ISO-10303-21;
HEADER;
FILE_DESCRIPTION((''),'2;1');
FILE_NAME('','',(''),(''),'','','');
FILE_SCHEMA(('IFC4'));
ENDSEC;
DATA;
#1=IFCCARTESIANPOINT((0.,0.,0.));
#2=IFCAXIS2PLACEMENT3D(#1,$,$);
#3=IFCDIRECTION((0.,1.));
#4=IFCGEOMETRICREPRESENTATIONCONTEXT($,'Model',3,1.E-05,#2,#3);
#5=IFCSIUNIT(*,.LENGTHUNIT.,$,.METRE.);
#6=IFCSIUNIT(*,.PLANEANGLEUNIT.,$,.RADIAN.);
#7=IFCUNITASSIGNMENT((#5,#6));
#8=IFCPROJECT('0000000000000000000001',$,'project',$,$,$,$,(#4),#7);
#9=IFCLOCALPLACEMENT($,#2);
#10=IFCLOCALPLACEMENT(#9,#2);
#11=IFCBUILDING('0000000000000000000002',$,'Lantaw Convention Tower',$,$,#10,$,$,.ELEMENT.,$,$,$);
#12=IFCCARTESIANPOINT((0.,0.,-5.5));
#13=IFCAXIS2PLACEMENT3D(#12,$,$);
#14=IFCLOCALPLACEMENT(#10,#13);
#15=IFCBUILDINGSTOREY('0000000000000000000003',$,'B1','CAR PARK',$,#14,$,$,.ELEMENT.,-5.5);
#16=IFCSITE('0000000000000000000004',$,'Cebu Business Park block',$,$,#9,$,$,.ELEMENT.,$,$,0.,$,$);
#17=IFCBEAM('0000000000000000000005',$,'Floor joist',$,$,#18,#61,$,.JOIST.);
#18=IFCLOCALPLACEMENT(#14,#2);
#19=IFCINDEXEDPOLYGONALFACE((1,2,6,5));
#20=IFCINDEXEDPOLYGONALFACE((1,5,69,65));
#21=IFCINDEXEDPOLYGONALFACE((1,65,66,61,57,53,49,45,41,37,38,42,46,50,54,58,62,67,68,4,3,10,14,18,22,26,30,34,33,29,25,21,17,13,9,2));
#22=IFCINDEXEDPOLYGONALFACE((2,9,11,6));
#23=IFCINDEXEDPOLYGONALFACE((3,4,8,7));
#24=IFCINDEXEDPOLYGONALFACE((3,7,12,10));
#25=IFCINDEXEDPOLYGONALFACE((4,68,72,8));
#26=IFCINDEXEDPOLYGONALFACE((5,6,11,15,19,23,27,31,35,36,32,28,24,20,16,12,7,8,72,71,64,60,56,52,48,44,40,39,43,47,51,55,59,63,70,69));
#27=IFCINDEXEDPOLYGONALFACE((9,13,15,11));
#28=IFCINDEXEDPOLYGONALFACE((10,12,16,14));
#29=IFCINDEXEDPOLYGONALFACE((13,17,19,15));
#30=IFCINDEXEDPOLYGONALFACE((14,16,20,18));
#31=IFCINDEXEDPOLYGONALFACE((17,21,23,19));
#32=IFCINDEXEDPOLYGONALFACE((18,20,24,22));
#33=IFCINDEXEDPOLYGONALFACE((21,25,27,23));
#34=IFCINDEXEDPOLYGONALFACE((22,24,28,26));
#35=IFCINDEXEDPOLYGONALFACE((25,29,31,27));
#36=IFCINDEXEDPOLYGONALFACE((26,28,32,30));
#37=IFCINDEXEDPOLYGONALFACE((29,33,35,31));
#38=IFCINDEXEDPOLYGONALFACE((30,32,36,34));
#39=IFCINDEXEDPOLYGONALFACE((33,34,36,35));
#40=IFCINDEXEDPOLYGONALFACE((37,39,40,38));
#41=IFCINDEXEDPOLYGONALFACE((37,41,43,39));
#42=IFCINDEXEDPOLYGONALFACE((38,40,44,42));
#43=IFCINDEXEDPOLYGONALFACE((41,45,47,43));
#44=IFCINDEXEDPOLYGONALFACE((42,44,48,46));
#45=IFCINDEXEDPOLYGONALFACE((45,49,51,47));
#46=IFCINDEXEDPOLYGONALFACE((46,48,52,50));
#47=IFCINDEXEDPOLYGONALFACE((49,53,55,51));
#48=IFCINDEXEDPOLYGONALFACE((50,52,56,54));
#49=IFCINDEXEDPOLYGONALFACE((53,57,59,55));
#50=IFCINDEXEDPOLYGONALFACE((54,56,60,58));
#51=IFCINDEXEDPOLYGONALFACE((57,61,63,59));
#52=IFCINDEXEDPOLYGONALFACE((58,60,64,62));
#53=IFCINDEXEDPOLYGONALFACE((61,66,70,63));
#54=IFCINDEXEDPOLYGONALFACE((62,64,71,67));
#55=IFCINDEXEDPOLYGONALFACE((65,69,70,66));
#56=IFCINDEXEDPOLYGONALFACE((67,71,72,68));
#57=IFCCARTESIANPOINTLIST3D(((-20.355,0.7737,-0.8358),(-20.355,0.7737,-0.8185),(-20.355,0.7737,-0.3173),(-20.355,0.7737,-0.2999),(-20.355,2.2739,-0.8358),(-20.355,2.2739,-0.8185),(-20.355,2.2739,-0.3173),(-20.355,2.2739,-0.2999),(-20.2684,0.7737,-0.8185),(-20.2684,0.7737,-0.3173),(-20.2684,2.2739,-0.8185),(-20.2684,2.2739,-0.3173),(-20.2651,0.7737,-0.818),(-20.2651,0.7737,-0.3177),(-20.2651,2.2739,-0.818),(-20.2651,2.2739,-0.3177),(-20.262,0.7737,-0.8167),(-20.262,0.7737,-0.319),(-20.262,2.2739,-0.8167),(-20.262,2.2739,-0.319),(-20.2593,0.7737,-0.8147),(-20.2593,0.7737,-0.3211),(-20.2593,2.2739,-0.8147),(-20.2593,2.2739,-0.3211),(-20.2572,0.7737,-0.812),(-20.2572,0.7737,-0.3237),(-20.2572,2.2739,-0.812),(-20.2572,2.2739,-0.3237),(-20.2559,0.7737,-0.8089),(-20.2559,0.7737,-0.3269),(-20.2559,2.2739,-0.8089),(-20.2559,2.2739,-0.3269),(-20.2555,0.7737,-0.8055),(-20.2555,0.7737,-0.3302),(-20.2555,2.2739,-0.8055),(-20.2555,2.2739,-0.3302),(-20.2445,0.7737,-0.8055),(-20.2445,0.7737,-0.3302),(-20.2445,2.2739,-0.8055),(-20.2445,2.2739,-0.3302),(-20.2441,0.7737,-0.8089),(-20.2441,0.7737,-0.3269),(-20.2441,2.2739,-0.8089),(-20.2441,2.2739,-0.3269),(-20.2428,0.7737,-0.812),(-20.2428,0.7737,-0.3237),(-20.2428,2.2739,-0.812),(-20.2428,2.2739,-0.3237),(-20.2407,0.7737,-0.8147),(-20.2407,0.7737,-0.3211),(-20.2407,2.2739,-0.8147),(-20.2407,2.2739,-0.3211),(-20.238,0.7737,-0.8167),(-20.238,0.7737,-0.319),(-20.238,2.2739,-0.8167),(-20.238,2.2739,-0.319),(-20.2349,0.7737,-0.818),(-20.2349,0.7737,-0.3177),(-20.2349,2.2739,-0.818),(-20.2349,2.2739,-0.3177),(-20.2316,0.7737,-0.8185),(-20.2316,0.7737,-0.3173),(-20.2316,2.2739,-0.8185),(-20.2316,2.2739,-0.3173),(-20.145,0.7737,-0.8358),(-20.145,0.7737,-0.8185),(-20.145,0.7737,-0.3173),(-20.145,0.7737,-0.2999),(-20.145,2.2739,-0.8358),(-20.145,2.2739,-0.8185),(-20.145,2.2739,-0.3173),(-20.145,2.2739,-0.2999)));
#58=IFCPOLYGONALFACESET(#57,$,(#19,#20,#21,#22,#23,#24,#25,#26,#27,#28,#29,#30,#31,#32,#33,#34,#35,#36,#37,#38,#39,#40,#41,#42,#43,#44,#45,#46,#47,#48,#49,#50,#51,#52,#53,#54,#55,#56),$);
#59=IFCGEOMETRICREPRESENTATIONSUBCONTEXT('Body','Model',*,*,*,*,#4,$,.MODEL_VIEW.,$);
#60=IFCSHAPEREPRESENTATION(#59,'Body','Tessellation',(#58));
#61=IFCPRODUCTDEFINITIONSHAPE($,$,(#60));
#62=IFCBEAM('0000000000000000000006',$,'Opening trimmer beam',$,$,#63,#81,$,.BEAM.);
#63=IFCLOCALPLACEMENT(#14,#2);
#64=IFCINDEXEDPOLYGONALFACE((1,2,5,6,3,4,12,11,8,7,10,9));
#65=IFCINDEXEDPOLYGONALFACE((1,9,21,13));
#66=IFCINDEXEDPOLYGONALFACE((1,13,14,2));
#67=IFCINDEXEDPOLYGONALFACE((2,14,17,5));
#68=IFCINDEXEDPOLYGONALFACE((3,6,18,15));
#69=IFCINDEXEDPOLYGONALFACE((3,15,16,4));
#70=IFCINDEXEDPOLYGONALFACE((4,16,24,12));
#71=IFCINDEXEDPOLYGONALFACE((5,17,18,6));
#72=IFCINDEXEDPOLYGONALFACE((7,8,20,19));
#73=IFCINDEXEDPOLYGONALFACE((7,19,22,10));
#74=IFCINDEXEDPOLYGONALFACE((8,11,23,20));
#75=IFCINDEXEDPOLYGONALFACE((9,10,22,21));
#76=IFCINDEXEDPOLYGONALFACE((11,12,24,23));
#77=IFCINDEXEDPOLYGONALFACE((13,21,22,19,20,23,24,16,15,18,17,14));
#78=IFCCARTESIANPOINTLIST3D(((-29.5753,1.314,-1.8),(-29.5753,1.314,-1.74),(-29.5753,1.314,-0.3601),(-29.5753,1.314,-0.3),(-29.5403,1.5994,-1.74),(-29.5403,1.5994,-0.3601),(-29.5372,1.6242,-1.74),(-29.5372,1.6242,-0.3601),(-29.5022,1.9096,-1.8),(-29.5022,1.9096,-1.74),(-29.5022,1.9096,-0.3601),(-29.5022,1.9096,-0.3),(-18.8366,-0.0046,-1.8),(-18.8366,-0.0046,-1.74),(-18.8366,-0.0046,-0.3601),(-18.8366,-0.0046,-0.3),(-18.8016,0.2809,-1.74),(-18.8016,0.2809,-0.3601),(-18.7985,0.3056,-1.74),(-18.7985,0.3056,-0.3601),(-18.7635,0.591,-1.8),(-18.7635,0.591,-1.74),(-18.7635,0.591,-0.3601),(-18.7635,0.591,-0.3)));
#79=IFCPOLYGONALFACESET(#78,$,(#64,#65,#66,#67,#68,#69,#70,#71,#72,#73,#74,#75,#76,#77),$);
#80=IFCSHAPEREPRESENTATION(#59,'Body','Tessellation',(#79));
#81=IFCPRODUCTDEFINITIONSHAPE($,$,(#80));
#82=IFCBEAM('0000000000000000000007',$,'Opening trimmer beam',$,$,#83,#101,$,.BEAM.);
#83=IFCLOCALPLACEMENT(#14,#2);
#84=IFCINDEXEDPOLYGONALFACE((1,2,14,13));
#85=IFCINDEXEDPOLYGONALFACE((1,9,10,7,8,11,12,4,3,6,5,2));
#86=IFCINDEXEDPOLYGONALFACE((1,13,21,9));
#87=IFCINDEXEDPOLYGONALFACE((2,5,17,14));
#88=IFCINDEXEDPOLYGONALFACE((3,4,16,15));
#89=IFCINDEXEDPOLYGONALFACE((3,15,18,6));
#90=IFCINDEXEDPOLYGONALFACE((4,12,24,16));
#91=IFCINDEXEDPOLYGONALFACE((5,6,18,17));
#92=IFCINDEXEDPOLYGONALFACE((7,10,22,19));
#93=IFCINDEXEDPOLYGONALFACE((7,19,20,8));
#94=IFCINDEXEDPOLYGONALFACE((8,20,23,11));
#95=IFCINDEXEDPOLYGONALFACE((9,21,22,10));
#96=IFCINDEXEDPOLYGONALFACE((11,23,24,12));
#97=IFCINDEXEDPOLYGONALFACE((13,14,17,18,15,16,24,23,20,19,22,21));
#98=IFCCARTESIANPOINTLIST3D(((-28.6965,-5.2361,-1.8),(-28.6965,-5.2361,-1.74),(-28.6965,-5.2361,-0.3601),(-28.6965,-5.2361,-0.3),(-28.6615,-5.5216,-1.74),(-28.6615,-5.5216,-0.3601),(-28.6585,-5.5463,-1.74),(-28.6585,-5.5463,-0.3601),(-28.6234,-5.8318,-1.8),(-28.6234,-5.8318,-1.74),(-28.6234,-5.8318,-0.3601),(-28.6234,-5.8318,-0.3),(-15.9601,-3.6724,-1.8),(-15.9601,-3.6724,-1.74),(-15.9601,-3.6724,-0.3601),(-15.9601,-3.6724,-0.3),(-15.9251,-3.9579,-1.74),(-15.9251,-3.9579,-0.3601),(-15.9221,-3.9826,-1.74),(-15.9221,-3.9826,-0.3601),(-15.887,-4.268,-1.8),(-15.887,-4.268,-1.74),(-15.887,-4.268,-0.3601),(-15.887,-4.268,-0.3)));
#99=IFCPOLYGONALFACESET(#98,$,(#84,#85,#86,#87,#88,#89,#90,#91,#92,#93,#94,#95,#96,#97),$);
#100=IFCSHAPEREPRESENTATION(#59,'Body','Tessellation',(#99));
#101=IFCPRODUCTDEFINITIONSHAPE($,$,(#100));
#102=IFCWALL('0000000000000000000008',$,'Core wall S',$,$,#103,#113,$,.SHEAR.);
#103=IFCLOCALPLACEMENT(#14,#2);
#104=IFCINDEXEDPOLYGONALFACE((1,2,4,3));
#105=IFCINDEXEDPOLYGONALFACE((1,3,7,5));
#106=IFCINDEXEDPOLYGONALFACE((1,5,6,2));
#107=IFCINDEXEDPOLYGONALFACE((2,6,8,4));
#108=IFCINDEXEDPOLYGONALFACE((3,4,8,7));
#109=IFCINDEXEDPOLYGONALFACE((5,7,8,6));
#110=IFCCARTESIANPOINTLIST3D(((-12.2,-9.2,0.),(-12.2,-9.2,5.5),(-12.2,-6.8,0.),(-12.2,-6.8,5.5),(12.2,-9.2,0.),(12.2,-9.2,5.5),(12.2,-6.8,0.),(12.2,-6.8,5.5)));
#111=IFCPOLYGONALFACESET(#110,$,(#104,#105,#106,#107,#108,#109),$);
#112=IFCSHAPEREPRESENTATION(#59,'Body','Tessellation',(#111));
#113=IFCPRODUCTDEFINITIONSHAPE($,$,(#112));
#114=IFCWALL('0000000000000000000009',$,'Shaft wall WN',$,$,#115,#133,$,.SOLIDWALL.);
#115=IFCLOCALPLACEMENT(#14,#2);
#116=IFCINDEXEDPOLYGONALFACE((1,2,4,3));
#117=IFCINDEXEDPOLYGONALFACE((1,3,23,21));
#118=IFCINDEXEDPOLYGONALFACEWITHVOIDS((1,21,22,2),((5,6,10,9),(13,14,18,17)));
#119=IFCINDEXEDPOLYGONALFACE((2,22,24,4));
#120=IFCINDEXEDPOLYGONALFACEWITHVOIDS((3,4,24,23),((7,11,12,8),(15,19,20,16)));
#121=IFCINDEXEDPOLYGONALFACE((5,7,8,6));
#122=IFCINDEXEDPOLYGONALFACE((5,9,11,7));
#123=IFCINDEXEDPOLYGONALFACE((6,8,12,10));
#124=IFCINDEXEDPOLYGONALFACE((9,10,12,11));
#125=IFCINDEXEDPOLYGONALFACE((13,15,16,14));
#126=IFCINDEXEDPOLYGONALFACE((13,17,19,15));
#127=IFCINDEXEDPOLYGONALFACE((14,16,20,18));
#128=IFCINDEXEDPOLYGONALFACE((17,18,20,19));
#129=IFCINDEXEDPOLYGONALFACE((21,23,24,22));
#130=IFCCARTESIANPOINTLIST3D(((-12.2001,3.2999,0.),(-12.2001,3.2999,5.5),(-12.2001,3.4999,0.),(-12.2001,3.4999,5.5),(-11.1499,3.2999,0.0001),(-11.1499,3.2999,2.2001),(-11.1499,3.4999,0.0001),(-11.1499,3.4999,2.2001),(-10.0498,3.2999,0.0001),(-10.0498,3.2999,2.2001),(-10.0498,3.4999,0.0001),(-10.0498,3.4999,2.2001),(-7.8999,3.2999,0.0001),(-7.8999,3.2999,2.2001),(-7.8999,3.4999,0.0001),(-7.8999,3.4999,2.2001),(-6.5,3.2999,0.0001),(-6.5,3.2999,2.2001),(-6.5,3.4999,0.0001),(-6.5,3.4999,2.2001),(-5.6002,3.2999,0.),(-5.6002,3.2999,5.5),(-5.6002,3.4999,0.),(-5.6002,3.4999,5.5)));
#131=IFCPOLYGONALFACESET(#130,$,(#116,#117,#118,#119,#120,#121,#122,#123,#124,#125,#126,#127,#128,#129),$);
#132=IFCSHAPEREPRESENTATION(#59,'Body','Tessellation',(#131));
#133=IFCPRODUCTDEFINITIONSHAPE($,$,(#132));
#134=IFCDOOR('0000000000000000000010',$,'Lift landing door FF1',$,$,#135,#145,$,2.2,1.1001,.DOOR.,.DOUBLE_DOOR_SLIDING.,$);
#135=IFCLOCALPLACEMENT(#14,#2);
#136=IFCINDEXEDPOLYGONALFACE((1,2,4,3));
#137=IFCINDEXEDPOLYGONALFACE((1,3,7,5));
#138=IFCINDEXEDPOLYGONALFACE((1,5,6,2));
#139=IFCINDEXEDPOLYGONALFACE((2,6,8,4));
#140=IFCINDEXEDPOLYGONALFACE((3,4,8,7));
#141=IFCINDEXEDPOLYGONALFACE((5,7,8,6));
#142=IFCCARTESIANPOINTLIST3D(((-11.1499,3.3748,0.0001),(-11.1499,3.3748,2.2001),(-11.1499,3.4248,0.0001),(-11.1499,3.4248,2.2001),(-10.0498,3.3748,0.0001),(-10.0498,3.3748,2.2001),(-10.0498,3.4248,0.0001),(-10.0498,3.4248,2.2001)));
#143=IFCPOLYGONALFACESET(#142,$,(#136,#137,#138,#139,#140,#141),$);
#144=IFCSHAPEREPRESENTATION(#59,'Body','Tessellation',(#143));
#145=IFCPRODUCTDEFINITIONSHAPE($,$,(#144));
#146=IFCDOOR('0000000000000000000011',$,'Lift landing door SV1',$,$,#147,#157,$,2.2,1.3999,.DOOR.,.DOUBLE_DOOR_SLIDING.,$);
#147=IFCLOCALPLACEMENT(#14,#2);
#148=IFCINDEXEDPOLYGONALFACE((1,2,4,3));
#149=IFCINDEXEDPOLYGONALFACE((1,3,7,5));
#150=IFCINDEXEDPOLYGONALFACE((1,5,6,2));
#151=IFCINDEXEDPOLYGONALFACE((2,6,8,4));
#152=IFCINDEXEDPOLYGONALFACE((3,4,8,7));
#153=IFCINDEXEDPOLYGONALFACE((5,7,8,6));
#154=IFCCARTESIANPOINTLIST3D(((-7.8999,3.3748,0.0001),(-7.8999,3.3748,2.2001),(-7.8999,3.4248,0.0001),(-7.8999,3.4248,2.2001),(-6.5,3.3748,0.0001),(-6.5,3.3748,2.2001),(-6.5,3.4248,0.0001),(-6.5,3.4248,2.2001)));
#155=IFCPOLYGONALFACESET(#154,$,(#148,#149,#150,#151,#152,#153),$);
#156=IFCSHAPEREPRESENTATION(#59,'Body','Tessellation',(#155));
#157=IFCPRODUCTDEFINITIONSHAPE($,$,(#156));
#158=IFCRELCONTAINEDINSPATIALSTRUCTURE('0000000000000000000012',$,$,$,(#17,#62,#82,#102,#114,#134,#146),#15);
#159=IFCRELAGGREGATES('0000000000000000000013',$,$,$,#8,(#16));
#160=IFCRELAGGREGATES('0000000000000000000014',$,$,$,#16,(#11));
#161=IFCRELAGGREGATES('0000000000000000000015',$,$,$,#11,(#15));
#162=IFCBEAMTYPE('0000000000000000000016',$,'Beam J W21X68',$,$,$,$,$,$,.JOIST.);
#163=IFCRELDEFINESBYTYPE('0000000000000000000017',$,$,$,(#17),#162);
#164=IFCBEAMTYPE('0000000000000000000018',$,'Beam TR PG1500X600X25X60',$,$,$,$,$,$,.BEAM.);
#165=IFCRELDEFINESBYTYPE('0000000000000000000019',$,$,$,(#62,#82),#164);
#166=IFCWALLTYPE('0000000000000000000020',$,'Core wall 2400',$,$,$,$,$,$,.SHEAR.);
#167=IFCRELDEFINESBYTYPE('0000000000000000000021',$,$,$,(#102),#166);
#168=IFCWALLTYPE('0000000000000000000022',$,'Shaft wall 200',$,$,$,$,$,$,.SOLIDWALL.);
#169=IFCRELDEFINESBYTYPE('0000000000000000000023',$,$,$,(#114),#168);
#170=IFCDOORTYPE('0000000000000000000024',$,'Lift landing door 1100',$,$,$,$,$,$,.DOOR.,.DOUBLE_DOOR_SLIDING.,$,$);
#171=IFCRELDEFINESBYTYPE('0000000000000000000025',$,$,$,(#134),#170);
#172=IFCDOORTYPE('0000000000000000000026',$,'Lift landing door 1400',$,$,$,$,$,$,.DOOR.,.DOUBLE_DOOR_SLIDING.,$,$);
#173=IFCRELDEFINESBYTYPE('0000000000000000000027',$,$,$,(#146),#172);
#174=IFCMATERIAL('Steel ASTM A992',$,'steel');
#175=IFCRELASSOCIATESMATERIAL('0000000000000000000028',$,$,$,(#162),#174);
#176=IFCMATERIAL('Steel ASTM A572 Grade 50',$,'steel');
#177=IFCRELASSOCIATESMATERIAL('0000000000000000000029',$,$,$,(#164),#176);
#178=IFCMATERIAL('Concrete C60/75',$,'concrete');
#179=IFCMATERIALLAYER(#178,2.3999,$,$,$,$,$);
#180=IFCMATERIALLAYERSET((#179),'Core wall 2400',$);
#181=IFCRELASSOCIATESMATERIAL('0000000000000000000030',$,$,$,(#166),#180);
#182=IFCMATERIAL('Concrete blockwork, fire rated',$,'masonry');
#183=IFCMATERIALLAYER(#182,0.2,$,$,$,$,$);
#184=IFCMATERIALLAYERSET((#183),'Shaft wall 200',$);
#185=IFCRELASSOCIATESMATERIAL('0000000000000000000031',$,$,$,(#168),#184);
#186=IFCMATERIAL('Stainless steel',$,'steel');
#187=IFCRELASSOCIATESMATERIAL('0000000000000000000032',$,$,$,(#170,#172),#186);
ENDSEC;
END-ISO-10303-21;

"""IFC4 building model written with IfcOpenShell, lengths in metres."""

from ifc_helpers import new_model, si_unit, direction, frame, frame_2d, origin, origin_2d, place, context, subcontext, project, spatial, rectangle, i_section, extrude, material, layer, layer_set, material_profile, profile_set, type_object, element, fill, save


model = new_model("IFC4")

# Units and contexts
model_context = context("Model", 3, precision=1e-05, world=origin(), true_north=direction((0.0, 1.0)))
body_context = subcontext(model_context, "Body", "Model", "MODEL_VIEW")
ifc_project = project(units=[si_unit("LENGTHUNIT", "METRE"), si_unit("PLANEANGLEUNIT", "RADIAN")], contexts=[model_context])

# Site, building, storey
site_placement = place(None, origin())
site = spatial("IfcSite", under=ifc_project, at=site_placement, Name="Cebu Business Park block", CompositionType="ELEMENT", RefElevation=0.0)
building_placement = place(site_placement, origin())
building = spatial("IfcBuilding", under=site, at=building_placement, Name="Lantaw Convention Tower", CompositionType="ELEMENT")
storey_placement = place(building_placement, frame((0.0, 0.0, -5.5)))
storey = spatial("IfcBuildingStorey", under=building, at=storey_placement, Name="B1", Description="CAR PARK", CompositionType="ELEMENT", Elevation=-5.5)

# Shared definitions
ifc_material_1 = material(Name="Concrete C60/75", Category="concrete")

# Beams
ifc_material_2 = material(Name="Steel ASTM A572 Grade 50", Category="steel")
ifc_material_3 = material(Name="Steel ASTM A992", Category="steel")
ifc_material_profile_1 = material_profile(ifc_material_3, i_section(OverallWidth=0.21, OverallDepth=0.5359, WebThickness=0.011, FlangeThickness=0.0173, FilletRadius=0.0129, at=origin_2d()), Name="W21X68")
ifc_profile_set_1 = profile_set([ifc_material_profile_1], Name="Steel ASTM A992")
beam_type_1 = type_object("IfcBeamType", Name="Beam J W21X68", PredefinedType="JOIST", material=ifc_profile_set_1)
beam_1_placement = place(storey_placement, frame((-20.25, 0.7737, -0.5679), z_axis=(0.0, 1.0, 0.0), x_axis=(-1.0, 0.0, 0.0)))
element("IfcBeam", 1, at=beam_1_placement, inside=storey, type_object=beam_type_1, Name="Floor joist", PredefinedType="JOIST", context=body_context, shape_type="SweptSolid", body=[
    extrude(i_section(OverallWidth=0.21, OverallDepth=0.5359, WebThickness=0.011, FlangeThickness=0.0173, FilletRadius=0.0129, at=origin_2d()), origin(), (0.0, 0.0, 1.0), 1.5002),
])
ifc_material_profile_2 = material_profile(ifc_material_2, i_section(OverallWidth=0.6001, OverallDepth=1.5, WebThickness=0.0249, FlangeThickness=0.0601, at=origin_2d()), Name="PG1500X600X25X60")
ifc_profile_set_2 = profile_set([ifc_material_profile_2], Name="Steel ASTM A572 Grade 50")
beam_type_2 = type_object("IfcBeamType", Name="Beam TR PG1500X600X25X60", PredefinedType="BEAM", material=ifc_profile_set_2)
beam_2_placement = place(storey_placement, frame((-18.8, 0.2932, -1.05), z_axis=(-0.992546, 0.121874, 0.0), x_axis=(-0.121874, -0.992546, 0.0)))
element("IfcBeam", 2, at=beam_2_placement, inside=storey, type_object=beam_type_2, Name="Opening trimmer beam", PredefinedType="BEAM", context=body_context, shape_type="SweptSolid", body=[
    extrude(i_section(OverallWidth=0.6001, OverallDepth=1.5, WebThickness=0.0249, FlangeThickness=0.0601, at=origin_2d()), origin(), (0.0, 0.0, 1.0), 10.8193),
])
beam_3_placement = place(storey_placement, frame((-15.9236, -3.9702, -1.05), z_axis=(-0.992547, -0.121861, 0.0), x_axis=(0.121861, -0.992547, 0.0)))
element("IfcBeam", 3, at=beam_3_placement, inside=storey, type_object=beam_type_2, Name="Opening trimmer beam", PredefinedType="BEAM", context=body_context, shape_type="SweptSolid", body=[
    extrude(i_section(OverallWidth=0.6001, OverallDepth=1.5, WebThickness=0.0249, FlangeThickness=0.0601, at=origin_2d()), origin(), (0.0, 0.0, 1.0), 12.832),
])

# Wall
ifc_layer_1 = layer(ifc_material_1, 2.3999)
ifc_layer_set_1 = layer_set([ifc_layer_1], Name="Core wall 2400")
wall_type_1 = type_object("IfcWallType", Name="Core wall 2400", PredefinedType="SHEAR", material=ifc_layer_set_1)
wall_1_placement = place(storey_placement, frame((-12.2, -8.0, 0.0), z_axis=(0.0, 0.0, 1.0), x_axis=(1.0, 0.0, 0.0)))
element("IfcWall", 4, at=wall_1_placement, inside=storey, type_object=wall_type_1, Name="Core wall S", PredefinedType="SHEAR", context=body_context, shape_type="SweptSolid", body=[
    extrude(rectangle(XDim=24.3999, YDim=2.3999, at=frame_2d((12.2, 0.0))), origin(), (0.0, 0.0, 1.0), 5.5),
])

# Wall, openings, doors
ifc_material_4 = material(Name="Concrete blockwork, fire rated", Category="masonry")
ifc_layer_2 = layer(ifc_material_4, 0.2)
ifc_layer_set_2 = layer_set([ifc_layer_2], Name="Shaft wall 200")
wall_type_2 = type_object("IfcWallType", Name="Shaft wall 200", PredefinedType="SOLIDWALL", material=ifc_layer_set_2)
wall_2_placement = place(storey_placement, frame((-12.2, 3.3999, 0.0), z_axis=(0.0, 0.0, 1.0), x_axis=(1.0, 0.0, 0.0)))
wall_2 = element("IfcWall", 5, at=wall_2_placement, inside=storey, type_object=wall_type_2, Name="Shaft wall WN", PredefinedType="SOLIDWALL", context=body_context, shape_type="SweptSolid", body=[
    extrude(rectangle(XDim=6.5999, YDim=0.2, at=frame_2d((3.2998, 0.0))), origin(), (0.0, 0.0, 1.0), 5.5),
])
opening_1_placement = place(wall_2_placement, frame((1.05, 0.0, 0.0)))
opening_1 = element("IfcOpeningElement", 6, at=opening_1_placement, cuts=wall_2, PredefinedType="OPENING", context=body_context, shape_type="SweptSolid", body=[
    extrude(rectangle(XDim=1.1001, YDim=2.2, at=frame_2d((0.55, 1.1001))), frame((0.0, 0.1099, 0.0), z_axis=(0.0, -1.0, 0.0), x_axis=(1.0, 0.0, 0.0)), (0.0, 0.0, 1.0), 0.22),
])
opening_2_placement = place(wall_2_placement, frame((4.3, 0.0, 0.0)))
opening_2 = element("IfcOpeningElement", 7, at=opening_2_placement, cuts=wall_2, PredefinedType="OPENING", context=body_context, shape_type="SweptSolid", body=[
    extrude(rectangle(XDim=1.3999, YDim=2.2, at=frame_2d((0.7, 1.1001))), frame((0.0, 0.1099, 0.0), z_axis=(0.0, -1.0, 0.0), x_axis=(1.0, 0.0, 0.0)), (0.0, 0.0, 1.0), 0.22),
])
ifc_material_5 = material(Name="Stainless steel", Category="steel")
door_type_1 = type_object("IfcDoorType", Name="Lift landing door 1100", OperationType="DOUBLE_DOOR_SLIDING", PredefinedType="DOOR", material=ifc_material_5)
door_1_placement = place(opening_1_placement, origin())
door_1 = element("IfcDoor", 8, at=door_1_placement, inside=storey, type_object=door_type_1, Name="Lift landing door FF1", OperationType="DOUBLE_DOOR_SLIDING", OverallHeight=2.2, OverallWidth=1.1001, PredefinedType="DOOR", context=body_context, shape_type="SweptSolid", body=[
    extrude(rectangle(XDim=1.1001, YDim=2.2, at=frame_2d((0.55, 1.1001))), frame((0.0, 0.0249, 0.0), z_axis=(0.0, -1.0, 0.0), x_axis=(1.0, 0.0, 0.0)), (0.0, 0.0, 1.0), 0.05),
])
fill(opening_1, door_1)
door_type_2 = type_object("IfcDoorType", Name="Lift landing door 1400", OperationType="DOUBLE_DOOR_SLIDING", PredefinedType="DOOR", material=ifc_material_5)
door_2_placement = place(opening_2_placement, origin())
door_2 = element("IfcDoor", 9, at=door_2_placement, inside=storey, type_object=door_type_2, Name="Lift landing door SV1", OperationType="DOUBLE_DOOR_SLIDING", OverallHeight=2.2, OverallWidth=1.3999, PredefinedType="DOOR", context=body_context, shape_type="SweptSolid", body=[
    extrude(rectangle(XDim=1.3999, YDim=2.2, at=frame_2d((0.7, 1.1001))), frame((0.0, 0.0249, 0.0), z_axis=(0.0, -1.0, 0.0), x_axis=(1.0, 0.0, 0.0)), (0.0, 0.0, 1.0), 0.05),
])
fill(opening_2, door_2)

save(model, "model.ifc")
